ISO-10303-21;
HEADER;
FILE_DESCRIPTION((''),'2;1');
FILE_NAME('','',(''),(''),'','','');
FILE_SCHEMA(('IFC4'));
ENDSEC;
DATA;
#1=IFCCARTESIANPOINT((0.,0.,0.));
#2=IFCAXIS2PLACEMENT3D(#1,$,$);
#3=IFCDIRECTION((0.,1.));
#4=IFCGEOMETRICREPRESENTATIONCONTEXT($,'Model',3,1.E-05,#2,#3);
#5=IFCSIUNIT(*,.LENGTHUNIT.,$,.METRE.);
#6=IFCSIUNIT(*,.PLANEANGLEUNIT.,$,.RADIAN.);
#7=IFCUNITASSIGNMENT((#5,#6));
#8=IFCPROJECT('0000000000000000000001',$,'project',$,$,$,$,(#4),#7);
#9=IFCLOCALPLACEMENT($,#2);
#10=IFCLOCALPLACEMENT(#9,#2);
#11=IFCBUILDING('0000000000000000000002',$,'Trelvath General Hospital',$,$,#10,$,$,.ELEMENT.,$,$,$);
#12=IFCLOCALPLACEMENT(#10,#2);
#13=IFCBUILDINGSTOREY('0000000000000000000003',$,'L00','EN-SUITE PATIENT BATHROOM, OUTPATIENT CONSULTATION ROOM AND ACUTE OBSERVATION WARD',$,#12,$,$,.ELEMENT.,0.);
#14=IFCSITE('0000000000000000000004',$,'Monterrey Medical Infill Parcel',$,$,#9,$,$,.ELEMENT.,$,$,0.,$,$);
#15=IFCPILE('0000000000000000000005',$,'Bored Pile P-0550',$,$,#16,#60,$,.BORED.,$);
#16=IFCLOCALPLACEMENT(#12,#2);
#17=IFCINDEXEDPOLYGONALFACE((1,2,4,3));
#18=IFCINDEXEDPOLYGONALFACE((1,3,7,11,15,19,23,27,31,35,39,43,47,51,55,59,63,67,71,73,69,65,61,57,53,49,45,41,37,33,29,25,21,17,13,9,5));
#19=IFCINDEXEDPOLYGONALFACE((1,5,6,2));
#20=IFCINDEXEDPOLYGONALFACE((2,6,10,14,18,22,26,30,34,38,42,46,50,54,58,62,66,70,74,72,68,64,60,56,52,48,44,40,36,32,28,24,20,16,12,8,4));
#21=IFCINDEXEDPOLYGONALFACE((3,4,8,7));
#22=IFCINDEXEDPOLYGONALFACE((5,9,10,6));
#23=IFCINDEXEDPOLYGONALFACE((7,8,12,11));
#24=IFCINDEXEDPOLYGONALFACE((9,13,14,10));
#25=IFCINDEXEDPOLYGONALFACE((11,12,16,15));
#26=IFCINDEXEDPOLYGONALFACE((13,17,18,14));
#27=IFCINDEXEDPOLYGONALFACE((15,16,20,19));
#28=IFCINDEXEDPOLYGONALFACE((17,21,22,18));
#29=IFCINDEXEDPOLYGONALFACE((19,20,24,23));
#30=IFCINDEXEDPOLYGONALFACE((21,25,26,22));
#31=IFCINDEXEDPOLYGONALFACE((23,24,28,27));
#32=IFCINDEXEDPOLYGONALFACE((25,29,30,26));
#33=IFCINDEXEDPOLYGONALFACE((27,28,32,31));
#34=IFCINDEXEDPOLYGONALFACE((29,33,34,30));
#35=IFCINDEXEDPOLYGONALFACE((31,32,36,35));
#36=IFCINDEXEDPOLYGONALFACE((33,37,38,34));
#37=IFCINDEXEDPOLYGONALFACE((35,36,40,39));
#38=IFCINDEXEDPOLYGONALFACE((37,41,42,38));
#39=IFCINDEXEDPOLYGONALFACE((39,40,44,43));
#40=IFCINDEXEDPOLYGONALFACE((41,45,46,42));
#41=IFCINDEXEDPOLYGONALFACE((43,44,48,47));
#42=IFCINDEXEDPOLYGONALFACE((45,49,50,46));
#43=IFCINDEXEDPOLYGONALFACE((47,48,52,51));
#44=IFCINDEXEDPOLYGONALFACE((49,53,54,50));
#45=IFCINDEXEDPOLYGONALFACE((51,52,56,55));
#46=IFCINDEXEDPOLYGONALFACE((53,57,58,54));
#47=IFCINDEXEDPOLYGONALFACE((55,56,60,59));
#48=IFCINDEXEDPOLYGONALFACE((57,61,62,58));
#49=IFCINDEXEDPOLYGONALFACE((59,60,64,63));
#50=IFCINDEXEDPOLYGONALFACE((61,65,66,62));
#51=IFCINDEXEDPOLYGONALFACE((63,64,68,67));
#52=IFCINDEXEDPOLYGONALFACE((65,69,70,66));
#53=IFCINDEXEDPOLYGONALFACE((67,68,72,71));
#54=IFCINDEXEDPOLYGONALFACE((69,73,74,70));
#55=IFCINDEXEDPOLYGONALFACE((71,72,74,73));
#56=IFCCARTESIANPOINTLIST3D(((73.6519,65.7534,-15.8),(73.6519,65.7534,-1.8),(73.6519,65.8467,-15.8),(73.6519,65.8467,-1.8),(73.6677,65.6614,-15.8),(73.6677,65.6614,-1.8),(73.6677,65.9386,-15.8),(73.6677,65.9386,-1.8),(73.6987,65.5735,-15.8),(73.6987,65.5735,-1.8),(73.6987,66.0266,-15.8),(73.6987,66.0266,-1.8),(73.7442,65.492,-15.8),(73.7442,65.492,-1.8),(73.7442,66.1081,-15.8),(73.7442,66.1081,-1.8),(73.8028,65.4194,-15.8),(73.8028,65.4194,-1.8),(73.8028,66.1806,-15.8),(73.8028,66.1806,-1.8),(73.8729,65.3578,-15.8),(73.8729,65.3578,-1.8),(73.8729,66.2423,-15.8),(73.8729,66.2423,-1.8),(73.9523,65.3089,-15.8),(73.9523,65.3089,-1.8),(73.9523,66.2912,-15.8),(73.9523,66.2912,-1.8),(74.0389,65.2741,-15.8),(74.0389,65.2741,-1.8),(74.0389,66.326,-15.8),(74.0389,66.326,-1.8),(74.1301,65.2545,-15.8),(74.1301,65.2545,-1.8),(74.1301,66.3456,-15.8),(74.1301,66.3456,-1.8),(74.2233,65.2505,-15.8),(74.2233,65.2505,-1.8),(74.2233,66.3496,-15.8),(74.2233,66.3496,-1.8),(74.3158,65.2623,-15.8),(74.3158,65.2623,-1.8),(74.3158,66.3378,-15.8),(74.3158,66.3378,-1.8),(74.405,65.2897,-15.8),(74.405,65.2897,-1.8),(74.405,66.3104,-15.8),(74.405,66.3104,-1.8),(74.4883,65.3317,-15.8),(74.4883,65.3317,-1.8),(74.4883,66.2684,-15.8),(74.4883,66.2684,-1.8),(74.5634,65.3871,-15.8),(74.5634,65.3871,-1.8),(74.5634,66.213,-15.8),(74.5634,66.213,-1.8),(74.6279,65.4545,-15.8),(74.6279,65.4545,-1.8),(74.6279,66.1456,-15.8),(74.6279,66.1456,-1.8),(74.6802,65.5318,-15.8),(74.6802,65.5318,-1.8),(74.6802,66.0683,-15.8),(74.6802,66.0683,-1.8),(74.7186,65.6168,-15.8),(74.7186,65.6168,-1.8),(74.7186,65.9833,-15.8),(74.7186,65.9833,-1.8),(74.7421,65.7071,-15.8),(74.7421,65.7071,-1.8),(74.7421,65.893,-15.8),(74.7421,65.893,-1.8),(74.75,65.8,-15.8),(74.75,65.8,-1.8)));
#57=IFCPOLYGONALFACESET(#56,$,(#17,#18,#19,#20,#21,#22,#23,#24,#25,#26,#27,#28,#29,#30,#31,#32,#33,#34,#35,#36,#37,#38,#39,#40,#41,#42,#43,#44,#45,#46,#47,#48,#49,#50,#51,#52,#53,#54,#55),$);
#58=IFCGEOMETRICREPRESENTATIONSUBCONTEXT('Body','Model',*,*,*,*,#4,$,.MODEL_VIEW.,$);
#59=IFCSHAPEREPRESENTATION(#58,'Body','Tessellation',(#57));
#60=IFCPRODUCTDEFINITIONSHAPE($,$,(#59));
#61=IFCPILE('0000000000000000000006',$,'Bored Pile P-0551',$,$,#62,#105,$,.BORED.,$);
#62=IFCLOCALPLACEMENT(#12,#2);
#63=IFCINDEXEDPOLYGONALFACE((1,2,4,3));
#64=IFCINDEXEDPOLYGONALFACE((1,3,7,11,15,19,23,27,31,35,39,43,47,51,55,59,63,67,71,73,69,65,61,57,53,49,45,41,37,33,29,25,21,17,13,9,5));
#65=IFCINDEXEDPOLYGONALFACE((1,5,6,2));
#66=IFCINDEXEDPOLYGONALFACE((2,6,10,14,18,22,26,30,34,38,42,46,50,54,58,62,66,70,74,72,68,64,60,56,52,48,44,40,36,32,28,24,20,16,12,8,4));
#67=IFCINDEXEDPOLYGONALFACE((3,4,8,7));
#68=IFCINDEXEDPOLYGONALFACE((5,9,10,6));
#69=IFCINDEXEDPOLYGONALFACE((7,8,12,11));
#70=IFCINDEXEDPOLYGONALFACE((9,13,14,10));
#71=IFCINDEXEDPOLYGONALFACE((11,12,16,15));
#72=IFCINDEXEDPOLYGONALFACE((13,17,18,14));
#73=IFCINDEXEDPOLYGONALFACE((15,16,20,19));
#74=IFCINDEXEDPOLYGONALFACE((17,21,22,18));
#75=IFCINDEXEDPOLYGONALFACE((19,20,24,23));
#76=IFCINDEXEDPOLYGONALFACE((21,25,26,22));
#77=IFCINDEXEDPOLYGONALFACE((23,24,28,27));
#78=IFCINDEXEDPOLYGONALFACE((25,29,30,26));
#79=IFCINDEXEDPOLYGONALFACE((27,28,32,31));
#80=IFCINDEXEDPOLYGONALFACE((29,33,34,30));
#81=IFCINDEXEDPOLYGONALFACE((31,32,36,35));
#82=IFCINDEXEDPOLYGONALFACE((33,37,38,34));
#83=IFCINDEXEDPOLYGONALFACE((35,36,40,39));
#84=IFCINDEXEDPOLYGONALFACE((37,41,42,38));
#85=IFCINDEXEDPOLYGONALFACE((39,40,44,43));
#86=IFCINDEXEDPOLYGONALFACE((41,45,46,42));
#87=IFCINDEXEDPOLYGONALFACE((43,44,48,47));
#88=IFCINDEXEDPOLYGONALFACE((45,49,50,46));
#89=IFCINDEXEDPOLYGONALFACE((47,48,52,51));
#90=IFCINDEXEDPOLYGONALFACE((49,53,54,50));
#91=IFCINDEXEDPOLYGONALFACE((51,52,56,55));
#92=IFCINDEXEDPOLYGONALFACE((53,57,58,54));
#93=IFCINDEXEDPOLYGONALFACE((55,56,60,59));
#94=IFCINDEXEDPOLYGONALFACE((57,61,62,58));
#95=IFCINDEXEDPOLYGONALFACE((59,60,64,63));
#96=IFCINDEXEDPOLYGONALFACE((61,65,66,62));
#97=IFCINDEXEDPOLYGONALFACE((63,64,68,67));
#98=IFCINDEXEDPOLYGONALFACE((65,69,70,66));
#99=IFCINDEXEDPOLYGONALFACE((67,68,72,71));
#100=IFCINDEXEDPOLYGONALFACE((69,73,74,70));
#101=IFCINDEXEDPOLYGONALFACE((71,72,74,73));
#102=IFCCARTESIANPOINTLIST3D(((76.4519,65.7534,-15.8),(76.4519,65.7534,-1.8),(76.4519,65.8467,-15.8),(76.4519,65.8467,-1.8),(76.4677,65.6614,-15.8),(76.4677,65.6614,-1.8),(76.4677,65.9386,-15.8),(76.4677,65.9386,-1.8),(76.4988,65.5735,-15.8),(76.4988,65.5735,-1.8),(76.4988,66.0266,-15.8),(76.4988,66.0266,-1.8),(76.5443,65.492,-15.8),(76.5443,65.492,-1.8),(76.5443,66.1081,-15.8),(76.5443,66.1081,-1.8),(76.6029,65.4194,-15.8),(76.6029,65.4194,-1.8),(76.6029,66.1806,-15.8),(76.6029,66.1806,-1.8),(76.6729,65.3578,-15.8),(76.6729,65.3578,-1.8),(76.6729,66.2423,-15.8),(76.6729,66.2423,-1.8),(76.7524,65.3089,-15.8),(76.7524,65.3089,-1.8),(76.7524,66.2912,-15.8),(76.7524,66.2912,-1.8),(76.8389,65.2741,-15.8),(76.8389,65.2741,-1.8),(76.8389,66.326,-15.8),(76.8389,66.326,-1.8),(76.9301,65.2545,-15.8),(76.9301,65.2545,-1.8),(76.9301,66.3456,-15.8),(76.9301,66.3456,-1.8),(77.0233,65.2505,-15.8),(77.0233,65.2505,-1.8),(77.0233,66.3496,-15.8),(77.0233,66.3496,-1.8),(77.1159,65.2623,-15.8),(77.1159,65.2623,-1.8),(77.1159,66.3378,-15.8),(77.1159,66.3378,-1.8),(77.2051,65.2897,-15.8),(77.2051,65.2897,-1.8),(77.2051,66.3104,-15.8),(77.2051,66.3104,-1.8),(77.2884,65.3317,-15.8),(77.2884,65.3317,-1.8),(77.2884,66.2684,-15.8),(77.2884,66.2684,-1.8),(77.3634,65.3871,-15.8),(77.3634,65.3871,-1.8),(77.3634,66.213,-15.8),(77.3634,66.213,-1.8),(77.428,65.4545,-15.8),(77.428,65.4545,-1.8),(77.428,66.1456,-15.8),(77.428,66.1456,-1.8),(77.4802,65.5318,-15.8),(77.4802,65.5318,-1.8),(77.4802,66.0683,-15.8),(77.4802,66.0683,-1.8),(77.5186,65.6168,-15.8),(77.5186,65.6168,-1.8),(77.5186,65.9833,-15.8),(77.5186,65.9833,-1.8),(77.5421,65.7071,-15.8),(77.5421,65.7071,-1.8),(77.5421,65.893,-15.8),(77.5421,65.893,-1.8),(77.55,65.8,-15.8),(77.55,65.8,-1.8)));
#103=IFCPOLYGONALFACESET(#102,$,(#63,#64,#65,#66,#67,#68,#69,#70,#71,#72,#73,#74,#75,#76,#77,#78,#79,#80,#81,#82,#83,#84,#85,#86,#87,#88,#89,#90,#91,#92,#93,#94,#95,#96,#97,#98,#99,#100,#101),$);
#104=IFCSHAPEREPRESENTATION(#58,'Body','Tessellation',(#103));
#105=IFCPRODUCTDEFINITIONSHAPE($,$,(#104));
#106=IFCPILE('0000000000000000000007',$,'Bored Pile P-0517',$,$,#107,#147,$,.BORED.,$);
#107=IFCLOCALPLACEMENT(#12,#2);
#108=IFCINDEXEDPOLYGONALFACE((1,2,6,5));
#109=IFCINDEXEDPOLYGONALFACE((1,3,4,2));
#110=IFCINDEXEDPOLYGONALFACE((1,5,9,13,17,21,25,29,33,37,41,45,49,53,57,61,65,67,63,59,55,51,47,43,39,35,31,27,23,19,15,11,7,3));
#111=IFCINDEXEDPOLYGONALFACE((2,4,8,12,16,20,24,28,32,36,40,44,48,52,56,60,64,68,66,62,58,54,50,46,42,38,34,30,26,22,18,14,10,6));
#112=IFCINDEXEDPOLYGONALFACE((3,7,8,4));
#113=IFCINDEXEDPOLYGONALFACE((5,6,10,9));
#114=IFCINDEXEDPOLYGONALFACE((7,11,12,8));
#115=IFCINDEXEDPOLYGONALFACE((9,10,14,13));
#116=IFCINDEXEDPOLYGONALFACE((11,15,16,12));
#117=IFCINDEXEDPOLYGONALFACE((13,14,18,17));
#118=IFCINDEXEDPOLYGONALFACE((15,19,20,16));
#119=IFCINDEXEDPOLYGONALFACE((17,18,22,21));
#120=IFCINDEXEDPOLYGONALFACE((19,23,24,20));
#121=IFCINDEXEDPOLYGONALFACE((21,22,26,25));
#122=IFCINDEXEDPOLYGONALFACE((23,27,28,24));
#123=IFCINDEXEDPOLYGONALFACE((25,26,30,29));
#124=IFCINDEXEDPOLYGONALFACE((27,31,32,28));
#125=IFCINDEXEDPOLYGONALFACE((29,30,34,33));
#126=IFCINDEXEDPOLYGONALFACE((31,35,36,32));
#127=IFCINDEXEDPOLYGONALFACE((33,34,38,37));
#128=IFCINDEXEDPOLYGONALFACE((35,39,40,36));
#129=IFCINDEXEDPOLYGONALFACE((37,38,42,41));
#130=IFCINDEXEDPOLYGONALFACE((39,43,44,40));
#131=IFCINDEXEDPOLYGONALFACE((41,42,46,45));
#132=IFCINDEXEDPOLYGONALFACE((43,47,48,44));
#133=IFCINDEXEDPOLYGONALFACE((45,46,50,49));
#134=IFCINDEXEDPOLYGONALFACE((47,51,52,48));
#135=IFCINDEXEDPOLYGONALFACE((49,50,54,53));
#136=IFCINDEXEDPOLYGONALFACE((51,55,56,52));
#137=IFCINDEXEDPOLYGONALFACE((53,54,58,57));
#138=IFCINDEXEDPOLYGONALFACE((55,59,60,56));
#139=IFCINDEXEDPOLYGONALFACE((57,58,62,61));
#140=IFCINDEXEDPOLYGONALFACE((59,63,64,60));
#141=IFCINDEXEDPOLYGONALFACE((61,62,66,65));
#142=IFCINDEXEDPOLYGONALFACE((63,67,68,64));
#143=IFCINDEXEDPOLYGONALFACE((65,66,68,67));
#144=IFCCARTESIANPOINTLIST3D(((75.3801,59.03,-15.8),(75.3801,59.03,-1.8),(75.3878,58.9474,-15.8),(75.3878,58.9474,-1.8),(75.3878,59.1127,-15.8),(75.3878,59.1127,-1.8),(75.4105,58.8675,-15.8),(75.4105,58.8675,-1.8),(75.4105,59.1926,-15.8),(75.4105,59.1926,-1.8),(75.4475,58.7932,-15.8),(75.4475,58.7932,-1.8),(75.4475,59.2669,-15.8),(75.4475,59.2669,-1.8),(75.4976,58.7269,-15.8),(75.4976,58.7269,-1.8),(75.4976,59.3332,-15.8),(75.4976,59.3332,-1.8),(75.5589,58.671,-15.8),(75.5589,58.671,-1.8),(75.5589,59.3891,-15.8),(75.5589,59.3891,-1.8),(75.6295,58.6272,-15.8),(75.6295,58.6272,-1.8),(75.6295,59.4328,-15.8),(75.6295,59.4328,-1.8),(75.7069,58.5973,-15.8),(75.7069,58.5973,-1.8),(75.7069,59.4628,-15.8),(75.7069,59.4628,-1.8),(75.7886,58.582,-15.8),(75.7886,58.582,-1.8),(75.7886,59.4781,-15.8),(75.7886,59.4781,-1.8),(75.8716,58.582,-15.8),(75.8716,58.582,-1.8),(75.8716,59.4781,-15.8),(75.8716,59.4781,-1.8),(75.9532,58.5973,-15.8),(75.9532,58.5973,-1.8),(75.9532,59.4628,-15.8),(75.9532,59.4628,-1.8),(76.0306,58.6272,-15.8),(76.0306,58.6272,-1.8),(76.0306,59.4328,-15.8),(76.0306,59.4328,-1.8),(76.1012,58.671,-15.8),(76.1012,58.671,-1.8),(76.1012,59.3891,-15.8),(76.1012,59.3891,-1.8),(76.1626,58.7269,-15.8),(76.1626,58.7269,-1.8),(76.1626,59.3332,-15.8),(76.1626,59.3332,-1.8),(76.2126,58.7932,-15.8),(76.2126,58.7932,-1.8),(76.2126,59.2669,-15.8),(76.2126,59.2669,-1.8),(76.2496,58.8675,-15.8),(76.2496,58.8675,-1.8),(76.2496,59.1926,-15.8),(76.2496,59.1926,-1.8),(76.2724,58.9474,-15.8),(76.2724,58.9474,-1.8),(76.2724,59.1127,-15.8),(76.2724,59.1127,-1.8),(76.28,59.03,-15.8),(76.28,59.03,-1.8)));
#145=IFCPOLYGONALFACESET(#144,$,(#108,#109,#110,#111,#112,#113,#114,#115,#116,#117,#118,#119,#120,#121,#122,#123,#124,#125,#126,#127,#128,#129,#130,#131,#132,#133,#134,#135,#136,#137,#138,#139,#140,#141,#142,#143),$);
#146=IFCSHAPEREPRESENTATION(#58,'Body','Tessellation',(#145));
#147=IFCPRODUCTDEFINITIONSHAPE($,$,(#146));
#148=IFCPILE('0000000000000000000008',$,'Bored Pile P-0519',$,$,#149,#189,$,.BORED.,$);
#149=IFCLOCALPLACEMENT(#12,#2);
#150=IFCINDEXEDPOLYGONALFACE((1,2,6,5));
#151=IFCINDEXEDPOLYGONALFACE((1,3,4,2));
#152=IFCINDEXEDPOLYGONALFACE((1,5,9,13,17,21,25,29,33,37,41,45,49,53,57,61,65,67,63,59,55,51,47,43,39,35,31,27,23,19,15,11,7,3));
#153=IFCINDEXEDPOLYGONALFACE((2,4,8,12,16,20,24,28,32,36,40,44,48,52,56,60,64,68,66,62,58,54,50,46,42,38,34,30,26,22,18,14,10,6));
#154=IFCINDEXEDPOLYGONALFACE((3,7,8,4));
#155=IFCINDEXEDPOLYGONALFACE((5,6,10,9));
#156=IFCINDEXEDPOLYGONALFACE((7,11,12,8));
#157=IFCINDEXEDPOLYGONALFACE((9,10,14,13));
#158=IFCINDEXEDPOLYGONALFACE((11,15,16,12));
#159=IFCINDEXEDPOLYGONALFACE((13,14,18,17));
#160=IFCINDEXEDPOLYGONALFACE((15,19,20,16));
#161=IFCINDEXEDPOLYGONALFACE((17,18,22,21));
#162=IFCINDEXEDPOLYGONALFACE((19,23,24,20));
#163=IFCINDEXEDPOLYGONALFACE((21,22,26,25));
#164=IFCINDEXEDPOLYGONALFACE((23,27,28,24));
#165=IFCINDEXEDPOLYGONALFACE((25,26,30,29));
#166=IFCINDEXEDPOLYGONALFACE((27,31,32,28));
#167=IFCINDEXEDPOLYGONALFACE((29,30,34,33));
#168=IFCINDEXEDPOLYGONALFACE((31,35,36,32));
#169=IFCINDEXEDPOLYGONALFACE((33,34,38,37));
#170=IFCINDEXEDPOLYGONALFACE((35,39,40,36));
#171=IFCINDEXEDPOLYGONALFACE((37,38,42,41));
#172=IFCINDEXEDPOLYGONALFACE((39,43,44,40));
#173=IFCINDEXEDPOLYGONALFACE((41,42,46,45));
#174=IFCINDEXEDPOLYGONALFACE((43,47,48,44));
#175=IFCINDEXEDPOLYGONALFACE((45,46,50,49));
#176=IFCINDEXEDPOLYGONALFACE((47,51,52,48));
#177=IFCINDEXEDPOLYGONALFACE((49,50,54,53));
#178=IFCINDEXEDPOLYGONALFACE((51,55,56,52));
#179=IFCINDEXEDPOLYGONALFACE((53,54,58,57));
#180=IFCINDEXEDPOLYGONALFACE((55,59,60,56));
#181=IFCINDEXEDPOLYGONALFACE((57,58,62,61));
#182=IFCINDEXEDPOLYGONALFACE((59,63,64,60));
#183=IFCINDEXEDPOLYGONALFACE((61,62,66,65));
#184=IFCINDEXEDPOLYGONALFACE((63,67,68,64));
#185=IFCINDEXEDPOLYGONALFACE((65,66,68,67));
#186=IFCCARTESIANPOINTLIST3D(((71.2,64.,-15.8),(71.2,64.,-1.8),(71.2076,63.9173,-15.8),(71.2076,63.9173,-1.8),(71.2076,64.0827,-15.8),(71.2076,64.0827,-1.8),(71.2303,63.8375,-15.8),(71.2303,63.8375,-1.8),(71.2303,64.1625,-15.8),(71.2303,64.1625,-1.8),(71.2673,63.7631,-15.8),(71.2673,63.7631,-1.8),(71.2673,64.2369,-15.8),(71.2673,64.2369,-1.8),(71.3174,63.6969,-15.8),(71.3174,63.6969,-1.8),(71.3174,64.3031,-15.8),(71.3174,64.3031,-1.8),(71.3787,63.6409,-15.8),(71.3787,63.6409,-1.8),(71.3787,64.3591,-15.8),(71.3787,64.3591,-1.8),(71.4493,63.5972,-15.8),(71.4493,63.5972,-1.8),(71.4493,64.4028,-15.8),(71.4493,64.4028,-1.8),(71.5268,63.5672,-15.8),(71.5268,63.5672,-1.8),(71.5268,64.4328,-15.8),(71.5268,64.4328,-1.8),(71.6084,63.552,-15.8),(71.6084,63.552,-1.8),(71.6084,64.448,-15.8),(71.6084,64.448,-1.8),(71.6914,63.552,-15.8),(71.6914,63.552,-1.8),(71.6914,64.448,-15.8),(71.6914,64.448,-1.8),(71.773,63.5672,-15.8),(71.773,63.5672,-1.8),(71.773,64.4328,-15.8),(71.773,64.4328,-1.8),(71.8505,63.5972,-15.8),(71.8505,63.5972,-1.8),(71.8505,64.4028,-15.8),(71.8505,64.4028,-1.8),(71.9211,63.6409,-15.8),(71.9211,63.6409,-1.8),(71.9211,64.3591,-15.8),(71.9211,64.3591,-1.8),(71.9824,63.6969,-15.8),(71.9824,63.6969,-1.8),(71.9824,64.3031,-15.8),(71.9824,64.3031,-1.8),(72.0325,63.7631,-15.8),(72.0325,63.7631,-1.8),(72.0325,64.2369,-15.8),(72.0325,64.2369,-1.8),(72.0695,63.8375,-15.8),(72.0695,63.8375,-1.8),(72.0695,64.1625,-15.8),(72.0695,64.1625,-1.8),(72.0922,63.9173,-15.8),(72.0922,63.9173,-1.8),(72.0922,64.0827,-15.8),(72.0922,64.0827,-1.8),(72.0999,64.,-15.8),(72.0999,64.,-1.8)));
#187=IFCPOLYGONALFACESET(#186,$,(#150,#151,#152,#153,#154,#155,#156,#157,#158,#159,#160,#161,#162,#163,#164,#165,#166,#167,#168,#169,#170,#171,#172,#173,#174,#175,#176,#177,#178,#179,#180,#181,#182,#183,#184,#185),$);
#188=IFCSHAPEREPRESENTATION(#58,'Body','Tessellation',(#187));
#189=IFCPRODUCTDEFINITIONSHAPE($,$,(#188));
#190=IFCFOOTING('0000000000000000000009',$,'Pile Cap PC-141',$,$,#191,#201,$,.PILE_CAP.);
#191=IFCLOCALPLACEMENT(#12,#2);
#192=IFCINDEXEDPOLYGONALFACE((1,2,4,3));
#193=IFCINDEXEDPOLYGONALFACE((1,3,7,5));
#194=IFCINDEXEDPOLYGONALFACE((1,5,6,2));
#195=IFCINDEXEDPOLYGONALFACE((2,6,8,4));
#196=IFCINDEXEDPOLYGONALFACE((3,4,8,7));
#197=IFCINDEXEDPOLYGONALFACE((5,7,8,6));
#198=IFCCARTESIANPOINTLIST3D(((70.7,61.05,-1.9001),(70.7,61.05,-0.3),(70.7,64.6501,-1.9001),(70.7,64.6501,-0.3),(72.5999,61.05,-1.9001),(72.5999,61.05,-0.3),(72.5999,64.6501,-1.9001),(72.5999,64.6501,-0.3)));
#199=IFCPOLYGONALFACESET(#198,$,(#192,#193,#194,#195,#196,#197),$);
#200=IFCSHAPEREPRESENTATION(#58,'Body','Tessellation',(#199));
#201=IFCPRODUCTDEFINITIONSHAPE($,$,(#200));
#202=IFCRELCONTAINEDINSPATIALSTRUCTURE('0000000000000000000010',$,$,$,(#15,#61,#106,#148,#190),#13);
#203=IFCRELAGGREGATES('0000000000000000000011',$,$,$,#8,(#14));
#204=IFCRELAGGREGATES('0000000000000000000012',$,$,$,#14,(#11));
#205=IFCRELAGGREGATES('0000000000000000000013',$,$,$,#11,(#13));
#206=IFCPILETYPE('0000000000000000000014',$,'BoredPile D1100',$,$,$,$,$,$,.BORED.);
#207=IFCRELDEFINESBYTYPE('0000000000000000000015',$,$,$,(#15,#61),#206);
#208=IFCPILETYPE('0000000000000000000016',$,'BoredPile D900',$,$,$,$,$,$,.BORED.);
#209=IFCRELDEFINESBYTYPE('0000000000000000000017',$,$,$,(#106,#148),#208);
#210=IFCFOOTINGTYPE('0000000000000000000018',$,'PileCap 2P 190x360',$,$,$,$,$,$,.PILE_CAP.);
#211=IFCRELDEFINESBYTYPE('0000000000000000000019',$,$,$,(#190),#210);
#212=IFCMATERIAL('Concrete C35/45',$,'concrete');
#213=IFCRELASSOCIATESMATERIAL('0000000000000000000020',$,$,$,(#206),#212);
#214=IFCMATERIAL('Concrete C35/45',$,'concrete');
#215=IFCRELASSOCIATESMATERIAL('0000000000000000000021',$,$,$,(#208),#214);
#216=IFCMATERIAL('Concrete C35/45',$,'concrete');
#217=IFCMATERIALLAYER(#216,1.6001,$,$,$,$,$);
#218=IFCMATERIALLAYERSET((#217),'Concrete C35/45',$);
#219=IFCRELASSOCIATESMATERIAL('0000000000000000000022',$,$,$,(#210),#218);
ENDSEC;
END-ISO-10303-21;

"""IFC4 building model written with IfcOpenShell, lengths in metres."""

from ifc_helpers import new_model, si_unit, direction, frame, origin, origin_2d, place, context, subcontext, project, spatial, rectangle, circle, extrude, material, layer, layer_set, material_profile, profile_set, type_object, element, save


model = new_model("IFC4")

# Units and contexts
model_context = context("Model", 3, precision=1e-05, world=origin(), true_north=direction((0.0, 1.0)))
body_context = subcontext(model_context, "Body", "Model", "MODEL_VIEW")
ifc_project = project(units=[si_unit("LENGTHUNIT", "METRE"), si_unit("PLANEANGLEUNIT", "RADIAN")], contexts=[model_context])

# Site, building, storey
site_placement = place(None, origin())
site = spatial("IfcSite", under=ifc_project, at=site_placement, Name="Monterrey Medical Infill Parcel", CompositionType="ELEMENT", RefElevation=0.0)
building_placement = place(site_placement, origin())
building = spatial("IfcBuilding", under=site, at=building_placement, Name="Trelvath General Hospital", CompositionType="ELEMENT")
storey_placement = place(building_placement, origin())
storey = spatial("IfcBuildingStorey", under=building, at=storey_placement, Name="L00", Description="EN-SUITE PATIENT BATHROOM, OUTPATIENT CONSULTATION ROOM AND ACUTE OBSERVATION WARD", CompositionType="ELEMENT", Elevation=0.0)

# Piles
ifc_material_1 = material(Name="Concrete C35/45", Category="concrete")
ifc_material_profile_1 = material_profile(ifc_material_1, circle(Radius=0.55, at=origin_2d()), Name="PILE1100")
ifc_profile_set_1 = profile_set([ifc_material_profile_1], Name="Concrete C35/45")
pile_type_1 = type_object("IfcPileType", Name="BoredPile D1100", PredefinedType="BORED", material=ifc_profile_set_1)
for number, where, z_axis, x_axis, name in (
    (1, (74.2, 65.8, -1.8), (0.0, 0.0, -1.0), (1.0, 0.0, 0.0), "Bored Pile P-0550"),
    (2, (77.0, 65.8, -1.8), (0.0, 0.0, -1.0), (1.0, 0.0, 0.0), "Bored Pile P-0551"),
):
    element("IfcPile", number, at=place(storey_placement, frame(where, z_axis=z_axis, x_axis=x_axis)), inside=storey, type_object=pile_type_1, Name=name, PredefinedType="BORED", context=body_context, shape_type="SweptSolid", body=[
        extrude(circle(Radius=0.55, at=origin_2d()), origin(), (0.0, 0.0, 1.0), 14.0),
    ])
ifc_material_2 = material(Name="Concrete C35/45", Category="concrete")
ifc_material_profile_2 = material_profile(ifc_material_2, circle(Radius=0.45, at=origin_2d()), Name="PILE900")
ifc_profile_set_2 = profile_set([ifc_material_profile_2], Name="Concrete C35/45")
pile_type_2 = type_object("IfcPileType", Name="BoredPile D900", PredefinedType="BORED", material=ifc_profile_set_2)
for number, where, z_axis, x_axis, name in (
    (3, (75.8301, 59.03, -1.8), (0.0, 0.0, -1.0), (1.0, 0.0, 0.0), "Bored Pile P-0517"),
    (4, (71.6499, 64.0, -1.8), (0.0, 0.0, -1.0), (1.0, 0.0, 0.0), "Bored Pile P-0519"),
):
    element("IfcPile", number, at=place(storey_placement, frame(where, z_axis=z_axis, x_axis=x_axis)), inside=storey, type_object=pile_type_2, Name=name, PredefinedType="BORED", context=body_context, shape_type="SweptSolid", body=[
        extrude(circle(Radius=0.45, at=origin_2d()), origin(), (0.0, 0.0, 1.0), 14.0),
    ])

# Footing
ifc_material_3 = material(Name="Concrete C35/45", Category="concrete")
ifc_layer_1 = layer(ifc_material_3, 1.6001)
ifc_layer_set_1 = layer_set([ifc_layer_1], Name="Concrete C35/45")
footing_type_1 = type_object("IfcFootingType", Name="PileCap 2P 190x360", PredefinedType="PILE_CAP", material=ifc_layer_set_1)
footing_1_placement = place(storey_placement, frame((71.6499, 62.8501, -1.9001), z_axis=(0.0, 0.0, 1.0), x_axis=(1.0, 0.0, 0.0)))
element("IfcFooting", 5, at=footing_1_placement, inside=storey, type_object=footing_type_1, Name="Pile Cap PC-141", PredefinedType="PILE_CAP", context=body_context, shape_type="SweptSolid", body=[
    extrude(rectangle(XDim=1.8999, YDim=3.6001, at=origin_2d()), origin(), (0.0, 0.0, 1.0), 1.6001),
])

save(model, "model.ifc")
